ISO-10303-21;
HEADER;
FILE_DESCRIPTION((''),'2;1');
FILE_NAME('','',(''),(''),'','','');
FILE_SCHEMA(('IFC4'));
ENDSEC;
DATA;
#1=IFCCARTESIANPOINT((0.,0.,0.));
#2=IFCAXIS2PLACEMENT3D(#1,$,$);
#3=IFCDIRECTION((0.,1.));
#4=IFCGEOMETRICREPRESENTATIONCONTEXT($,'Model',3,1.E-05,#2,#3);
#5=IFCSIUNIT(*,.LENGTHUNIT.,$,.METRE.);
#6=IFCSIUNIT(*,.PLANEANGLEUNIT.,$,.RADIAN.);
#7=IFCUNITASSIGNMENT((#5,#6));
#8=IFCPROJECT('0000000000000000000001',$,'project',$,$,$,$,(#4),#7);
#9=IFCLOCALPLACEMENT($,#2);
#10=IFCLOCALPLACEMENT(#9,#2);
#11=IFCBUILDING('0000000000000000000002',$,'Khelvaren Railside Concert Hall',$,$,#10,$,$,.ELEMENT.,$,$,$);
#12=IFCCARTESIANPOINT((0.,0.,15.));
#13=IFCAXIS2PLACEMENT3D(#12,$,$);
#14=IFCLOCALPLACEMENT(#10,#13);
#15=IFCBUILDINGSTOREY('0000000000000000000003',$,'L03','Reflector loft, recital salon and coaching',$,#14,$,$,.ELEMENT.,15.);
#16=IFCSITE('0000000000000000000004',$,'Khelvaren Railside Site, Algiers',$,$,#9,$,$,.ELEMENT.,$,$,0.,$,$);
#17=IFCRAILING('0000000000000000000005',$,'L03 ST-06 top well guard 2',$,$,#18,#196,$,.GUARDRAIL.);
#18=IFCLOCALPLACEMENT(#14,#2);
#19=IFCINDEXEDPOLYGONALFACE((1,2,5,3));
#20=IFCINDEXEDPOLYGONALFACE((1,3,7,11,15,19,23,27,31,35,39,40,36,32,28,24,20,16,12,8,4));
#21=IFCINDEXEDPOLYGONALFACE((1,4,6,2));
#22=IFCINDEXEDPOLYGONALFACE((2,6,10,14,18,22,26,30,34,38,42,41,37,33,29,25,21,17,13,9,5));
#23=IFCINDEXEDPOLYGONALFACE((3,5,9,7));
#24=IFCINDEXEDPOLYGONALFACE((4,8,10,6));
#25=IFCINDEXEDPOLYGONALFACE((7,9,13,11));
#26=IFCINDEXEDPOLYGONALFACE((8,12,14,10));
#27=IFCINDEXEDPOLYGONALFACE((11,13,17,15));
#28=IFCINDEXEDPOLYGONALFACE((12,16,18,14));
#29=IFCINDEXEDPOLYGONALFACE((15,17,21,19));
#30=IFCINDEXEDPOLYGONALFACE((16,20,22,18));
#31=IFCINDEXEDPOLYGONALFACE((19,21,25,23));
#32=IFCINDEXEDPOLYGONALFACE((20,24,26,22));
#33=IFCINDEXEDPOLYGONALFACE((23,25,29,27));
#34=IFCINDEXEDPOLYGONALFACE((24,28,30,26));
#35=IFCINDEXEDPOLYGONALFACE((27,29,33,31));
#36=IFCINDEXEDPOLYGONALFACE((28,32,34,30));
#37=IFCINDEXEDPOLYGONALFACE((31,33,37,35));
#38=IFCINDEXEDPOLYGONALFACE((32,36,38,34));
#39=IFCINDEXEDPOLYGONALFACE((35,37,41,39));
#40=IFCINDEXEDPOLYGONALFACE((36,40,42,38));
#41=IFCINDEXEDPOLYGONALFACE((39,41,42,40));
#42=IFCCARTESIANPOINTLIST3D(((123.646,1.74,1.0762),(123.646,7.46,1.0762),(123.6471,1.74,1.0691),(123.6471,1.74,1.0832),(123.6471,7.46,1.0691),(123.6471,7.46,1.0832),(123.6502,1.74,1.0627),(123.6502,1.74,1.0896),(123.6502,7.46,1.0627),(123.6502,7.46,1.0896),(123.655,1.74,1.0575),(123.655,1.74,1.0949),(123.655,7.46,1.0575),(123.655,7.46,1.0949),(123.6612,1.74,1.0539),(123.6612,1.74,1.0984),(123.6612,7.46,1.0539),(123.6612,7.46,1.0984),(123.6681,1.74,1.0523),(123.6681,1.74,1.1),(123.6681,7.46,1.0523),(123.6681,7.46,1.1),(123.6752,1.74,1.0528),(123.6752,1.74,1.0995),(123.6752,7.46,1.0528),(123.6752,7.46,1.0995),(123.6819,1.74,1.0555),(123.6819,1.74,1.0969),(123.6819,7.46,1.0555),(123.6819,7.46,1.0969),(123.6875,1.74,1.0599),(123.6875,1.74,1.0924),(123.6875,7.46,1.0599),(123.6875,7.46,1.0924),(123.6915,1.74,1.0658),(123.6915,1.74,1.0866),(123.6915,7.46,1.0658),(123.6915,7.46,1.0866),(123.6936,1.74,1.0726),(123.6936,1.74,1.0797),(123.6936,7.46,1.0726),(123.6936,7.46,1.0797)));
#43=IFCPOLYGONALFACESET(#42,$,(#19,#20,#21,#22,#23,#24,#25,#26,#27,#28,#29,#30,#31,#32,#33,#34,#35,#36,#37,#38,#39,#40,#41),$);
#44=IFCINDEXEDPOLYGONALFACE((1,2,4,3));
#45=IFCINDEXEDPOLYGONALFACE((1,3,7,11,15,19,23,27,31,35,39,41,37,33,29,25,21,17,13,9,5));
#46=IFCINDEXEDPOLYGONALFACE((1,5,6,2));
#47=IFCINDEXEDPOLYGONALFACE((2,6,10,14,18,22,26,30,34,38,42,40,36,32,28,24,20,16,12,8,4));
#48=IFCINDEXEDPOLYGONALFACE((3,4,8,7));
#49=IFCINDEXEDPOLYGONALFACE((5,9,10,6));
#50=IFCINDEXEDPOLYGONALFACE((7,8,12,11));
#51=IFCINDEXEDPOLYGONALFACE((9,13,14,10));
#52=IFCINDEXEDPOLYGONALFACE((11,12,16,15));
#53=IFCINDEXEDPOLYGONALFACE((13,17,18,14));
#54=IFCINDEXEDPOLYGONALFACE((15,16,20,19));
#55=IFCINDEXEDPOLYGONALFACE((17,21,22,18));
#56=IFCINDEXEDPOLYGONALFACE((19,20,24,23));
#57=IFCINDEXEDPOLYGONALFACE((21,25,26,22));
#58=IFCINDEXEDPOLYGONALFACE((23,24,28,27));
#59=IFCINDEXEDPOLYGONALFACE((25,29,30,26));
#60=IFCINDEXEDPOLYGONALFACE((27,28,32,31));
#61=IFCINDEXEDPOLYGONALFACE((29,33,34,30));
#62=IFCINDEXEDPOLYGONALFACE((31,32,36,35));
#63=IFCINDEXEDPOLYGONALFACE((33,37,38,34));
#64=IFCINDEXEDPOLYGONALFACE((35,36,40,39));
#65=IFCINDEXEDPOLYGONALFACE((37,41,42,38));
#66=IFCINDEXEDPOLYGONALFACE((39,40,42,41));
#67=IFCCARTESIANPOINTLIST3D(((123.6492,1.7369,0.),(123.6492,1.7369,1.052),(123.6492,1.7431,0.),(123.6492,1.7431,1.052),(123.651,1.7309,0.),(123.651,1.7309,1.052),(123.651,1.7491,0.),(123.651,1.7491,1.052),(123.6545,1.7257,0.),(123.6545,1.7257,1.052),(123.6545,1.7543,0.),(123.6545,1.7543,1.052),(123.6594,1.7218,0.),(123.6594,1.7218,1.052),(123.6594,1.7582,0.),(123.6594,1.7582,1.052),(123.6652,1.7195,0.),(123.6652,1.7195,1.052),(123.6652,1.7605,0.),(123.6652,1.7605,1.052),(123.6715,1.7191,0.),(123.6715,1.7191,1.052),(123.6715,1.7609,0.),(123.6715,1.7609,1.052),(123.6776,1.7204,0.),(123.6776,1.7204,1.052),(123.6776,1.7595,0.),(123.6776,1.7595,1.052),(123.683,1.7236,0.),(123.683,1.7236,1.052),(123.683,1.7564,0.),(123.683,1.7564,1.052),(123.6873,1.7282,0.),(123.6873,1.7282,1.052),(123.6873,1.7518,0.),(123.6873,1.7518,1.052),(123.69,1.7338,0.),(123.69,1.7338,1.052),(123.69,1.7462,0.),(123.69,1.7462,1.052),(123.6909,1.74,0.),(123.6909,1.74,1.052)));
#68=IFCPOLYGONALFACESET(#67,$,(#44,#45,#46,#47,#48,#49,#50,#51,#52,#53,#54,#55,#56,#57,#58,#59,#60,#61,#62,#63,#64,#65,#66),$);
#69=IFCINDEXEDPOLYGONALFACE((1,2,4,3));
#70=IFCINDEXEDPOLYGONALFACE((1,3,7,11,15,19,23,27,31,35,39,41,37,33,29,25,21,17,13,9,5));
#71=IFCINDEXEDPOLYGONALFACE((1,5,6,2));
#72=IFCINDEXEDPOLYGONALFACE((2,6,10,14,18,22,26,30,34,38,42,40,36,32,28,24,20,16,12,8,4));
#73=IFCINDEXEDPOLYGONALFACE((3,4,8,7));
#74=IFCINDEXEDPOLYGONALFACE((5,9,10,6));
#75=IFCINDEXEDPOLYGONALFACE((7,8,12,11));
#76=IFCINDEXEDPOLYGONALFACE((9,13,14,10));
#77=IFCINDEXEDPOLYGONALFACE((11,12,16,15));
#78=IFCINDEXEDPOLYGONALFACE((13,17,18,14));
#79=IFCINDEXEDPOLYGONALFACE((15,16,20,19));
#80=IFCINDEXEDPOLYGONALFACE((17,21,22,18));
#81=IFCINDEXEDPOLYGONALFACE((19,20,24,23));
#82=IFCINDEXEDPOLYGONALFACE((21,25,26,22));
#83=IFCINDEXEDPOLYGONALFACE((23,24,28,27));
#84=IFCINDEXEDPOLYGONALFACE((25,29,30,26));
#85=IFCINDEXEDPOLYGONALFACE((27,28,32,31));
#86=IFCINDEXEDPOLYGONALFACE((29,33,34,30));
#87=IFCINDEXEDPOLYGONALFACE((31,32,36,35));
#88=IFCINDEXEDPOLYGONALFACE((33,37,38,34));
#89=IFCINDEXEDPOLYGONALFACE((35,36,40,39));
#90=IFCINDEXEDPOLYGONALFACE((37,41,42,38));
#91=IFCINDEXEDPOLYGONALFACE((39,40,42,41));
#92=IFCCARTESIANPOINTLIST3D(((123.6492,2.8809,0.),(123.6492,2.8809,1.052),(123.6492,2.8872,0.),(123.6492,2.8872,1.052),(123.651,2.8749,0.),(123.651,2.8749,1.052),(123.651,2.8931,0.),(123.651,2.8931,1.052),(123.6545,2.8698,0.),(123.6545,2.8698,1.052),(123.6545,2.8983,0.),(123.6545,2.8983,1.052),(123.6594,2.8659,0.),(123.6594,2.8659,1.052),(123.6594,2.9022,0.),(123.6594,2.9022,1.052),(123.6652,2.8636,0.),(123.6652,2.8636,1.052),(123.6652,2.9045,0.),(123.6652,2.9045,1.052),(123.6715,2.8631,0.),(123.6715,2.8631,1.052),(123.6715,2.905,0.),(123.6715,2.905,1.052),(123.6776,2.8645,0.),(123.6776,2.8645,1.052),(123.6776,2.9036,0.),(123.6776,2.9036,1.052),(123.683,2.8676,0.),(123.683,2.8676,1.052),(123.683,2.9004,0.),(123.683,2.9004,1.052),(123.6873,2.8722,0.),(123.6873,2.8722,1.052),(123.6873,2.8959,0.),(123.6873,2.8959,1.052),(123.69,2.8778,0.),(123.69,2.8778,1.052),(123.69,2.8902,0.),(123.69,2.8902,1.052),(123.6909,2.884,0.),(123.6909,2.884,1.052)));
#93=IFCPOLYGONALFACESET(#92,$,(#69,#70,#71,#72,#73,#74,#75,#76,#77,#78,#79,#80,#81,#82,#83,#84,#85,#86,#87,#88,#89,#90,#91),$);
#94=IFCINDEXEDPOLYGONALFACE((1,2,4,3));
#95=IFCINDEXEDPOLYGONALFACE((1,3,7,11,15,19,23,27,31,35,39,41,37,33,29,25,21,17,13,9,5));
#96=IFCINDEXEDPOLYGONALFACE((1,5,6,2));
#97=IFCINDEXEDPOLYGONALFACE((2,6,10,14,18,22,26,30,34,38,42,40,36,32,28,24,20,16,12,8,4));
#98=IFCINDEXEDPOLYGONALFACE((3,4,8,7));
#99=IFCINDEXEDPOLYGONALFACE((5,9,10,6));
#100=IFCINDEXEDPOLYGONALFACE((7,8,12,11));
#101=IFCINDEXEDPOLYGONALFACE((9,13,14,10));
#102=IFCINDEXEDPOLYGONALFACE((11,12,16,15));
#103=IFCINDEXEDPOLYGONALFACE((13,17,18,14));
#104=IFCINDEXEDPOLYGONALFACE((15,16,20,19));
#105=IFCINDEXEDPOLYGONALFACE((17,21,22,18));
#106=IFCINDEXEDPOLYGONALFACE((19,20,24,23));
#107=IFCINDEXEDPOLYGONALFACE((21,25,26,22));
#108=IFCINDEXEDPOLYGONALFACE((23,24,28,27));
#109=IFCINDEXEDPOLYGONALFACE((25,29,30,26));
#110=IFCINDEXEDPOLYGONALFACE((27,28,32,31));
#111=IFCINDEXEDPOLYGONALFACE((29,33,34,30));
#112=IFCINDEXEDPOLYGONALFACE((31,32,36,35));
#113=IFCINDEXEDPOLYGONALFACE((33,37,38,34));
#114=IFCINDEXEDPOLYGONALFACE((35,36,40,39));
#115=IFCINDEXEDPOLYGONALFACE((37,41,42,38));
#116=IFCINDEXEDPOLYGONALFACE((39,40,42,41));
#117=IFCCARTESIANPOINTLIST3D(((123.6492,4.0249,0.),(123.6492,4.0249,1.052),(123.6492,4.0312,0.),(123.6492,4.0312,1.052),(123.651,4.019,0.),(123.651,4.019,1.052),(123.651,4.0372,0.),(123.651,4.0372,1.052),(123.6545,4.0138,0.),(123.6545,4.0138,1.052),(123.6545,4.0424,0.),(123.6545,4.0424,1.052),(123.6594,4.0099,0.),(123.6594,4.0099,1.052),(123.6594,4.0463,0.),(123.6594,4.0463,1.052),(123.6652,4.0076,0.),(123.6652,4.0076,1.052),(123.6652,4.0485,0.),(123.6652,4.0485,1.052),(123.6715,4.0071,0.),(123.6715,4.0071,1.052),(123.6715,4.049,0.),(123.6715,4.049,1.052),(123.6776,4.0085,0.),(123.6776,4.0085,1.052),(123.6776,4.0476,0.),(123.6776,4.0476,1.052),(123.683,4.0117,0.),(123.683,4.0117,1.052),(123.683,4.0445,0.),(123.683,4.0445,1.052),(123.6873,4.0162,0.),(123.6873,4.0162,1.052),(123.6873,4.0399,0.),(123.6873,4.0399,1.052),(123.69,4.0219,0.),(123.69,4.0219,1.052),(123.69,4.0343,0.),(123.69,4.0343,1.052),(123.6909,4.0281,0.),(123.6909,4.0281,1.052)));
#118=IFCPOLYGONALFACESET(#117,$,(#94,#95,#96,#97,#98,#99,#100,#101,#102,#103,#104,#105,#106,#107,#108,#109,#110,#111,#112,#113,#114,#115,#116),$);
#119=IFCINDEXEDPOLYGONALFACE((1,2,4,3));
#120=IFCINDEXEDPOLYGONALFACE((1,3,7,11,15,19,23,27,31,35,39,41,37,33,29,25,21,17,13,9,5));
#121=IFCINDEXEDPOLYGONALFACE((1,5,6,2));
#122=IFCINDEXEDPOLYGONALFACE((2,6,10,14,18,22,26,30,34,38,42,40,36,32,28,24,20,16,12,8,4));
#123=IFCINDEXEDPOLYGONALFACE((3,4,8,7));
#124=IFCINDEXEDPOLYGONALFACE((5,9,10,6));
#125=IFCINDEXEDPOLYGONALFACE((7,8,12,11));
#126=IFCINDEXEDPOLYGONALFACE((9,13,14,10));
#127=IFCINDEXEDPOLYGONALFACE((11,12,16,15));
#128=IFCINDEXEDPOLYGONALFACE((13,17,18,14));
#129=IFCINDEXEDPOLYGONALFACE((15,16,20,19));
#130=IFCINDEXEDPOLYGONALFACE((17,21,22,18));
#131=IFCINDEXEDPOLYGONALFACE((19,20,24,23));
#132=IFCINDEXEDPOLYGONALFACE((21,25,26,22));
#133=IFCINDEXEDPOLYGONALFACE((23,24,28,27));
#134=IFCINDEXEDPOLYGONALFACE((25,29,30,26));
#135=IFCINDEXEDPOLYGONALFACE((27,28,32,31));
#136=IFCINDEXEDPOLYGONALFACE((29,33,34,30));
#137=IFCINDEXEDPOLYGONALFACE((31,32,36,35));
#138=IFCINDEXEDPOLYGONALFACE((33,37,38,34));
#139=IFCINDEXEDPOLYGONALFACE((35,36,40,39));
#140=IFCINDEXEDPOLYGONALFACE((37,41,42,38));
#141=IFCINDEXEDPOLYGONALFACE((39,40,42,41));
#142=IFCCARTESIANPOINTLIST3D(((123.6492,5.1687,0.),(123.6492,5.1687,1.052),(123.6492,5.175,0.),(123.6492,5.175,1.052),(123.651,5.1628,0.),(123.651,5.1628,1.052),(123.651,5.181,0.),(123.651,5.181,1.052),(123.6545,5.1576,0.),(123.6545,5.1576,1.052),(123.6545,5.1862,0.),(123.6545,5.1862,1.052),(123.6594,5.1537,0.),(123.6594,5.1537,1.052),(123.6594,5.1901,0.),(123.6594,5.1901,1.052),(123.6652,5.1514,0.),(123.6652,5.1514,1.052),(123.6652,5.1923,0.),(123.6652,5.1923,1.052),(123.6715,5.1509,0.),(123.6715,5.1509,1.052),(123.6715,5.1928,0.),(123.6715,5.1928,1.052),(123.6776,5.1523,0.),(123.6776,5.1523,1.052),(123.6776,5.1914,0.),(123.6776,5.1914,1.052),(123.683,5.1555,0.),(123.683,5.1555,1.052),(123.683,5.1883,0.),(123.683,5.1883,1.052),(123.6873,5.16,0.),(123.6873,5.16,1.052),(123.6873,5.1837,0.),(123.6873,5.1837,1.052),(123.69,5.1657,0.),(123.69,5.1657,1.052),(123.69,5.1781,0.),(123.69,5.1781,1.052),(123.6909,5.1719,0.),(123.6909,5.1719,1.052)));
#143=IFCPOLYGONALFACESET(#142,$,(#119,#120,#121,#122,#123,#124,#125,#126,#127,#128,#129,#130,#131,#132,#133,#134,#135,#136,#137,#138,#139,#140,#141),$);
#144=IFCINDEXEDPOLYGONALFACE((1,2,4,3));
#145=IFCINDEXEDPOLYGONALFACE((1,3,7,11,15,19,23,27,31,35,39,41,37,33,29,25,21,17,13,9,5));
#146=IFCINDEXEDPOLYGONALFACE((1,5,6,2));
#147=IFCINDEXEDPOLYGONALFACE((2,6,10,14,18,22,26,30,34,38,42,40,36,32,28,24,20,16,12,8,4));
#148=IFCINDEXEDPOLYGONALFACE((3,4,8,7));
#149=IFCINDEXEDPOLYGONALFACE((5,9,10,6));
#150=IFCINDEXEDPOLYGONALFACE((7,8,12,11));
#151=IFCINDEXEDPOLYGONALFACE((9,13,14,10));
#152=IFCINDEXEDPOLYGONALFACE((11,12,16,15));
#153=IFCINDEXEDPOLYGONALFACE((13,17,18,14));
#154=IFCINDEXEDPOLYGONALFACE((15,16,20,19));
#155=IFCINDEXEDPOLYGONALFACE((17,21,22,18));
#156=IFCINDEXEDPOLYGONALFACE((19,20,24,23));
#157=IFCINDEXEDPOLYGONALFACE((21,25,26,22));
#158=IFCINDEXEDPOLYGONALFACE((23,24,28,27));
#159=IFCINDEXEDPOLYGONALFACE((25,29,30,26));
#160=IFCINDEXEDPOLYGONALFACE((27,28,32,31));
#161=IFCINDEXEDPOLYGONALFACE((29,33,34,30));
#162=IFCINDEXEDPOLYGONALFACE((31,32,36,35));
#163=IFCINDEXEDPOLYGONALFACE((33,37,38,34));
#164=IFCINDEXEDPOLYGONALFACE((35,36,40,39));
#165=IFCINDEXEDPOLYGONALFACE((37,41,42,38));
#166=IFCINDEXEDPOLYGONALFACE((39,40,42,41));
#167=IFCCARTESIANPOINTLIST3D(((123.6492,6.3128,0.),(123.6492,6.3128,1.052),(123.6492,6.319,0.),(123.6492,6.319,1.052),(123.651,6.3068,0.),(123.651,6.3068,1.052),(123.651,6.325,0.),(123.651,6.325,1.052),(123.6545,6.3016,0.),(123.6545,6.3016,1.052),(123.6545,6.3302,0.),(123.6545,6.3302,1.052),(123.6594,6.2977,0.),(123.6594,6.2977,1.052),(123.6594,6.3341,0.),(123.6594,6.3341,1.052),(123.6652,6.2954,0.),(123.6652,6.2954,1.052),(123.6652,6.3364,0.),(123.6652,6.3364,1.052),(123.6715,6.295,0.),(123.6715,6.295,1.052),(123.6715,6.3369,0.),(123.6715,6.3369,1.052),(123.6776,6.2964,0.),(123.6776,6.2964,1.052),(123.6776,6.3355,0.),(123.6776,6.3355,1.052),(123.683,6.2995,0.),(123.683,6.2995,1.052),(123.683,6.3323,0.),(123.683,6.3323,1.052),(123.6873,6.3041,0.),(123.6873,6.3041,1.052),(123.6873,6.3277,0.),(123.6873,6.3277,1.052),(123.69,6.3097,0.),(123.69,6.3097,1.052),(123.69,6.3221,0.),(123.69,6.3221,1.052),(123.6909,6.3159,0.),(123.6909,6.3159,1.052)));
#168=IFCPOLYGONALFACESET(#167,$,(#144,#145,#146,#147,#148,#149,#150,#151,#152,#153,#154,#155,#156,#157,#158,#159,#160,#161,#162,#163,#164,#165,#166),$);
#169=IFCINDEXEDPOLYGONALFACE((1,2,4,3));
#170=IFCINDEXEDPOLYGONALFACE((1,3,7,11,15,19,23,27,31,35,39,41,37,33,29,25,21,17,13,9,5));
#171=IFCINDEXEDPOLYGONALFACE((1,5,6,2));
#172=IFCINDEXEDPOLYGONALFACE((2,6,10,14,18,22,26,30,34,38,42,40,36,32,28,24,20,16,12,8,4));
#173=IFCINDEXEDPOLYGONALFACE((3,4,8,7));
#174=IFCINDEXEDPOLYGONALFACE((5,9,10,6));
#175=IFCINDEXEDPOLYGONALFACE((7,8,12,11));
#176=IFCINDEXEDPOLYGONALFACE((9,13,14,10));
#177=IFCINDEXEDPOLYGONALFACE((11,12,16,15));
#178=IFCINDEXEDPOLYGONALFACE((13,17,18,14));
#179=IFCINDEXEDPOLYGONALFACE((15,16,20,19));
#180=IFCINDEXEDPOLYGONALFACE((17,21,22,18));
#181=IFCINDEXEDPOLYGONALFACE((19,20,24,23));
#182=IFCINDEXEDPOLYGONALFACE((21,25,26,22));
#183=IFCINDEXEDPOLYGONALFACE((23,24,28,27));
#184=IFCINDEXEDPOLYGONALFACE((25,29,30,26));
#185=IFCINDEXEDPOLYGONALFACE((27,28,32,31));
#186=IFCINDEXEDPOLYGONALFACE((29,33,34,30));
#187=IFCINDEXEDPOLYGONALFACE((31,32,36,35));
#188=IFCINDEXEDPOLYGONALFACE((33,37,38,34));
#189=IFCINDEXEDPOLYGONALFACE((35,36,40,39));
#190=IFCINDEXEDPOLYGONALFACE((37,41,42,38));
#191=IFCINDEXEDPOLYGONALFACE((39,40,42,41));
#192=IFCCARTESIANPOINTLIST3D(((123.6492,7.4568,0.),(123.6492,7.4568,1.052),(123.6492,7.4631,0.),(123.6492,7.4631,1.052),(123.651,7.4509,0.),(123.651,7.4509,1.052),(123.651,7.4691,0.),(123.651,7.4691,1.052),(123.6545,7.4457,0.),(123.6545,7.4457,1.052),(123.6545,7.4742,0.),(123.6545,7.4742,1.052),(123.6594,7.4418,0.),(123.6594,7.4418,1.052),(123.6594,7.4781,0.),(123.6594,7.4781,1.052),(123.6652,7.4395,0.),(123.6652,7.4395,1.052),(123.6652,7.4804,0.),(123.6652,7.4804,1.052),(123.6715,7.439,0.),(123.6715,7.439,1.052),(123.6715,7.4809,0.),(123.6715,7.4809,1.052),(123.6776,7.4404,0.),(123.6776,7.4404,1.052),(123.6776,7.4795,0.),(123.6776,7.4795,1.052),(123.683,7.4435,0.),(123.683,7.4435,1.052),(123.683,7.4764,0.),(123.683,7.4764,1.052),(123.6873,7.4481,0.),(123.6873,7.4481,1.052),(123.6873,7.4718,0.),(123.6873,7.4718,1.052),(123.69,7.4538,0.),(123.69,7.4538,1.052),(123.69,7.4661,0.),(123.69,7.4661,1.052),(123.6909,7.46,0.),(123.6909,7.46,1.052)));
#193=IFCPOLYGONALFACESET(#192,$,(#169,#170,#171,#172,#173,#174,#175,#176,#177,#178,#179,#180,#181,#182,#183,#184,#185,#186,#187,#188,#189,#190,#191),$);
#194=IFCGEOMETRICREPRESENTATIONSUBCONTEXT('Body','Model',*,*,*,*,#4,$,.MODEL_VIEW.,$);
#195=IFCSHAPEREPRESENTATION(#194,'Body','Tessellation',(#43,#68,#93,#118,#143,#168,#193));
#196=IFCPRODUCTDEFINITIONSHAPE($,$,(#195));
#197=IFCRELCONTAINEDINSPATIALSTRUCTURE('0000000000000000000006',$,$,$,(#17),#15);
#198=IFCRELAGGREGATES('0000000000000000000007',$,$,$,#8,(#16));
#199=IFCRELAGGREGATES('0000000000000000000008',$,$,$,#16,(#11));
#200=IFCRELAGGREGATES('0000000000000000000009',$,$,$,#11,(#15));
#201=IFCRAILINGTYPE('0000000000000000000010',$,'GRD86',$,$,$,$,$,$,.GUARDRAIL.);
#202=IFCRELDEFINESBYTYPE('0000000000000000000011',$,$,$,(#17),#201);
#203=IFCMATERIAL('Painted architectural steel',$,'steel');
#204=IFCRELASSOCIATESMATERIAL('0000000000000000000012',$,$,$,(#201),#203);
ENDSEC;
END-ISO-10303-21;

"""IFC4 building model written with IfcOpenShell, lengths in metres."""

from ifc_helpers import new_model, si_unit, direction, frame, origin, origin_2d, place, context, subcontext, project, spatial, circle, extrude, material, type_object, element, save


model = new_model("IFC4")

# Units and contexts
model_context = context("Model", 3, precision=1e-05, world=origin(), true_north=direction((0.0, 1.0)))
body_context = subcontext(model_context, "Body", "Model", "MODEL_VIEW")
ifc_project = project(units=[si_unit("LENGTHUNIT", "METRE"), si_unit("PLANEANGLEUNIT", "RADIAN")], contexts=[model_context])

# Site, building, storey
site_placement = place(None, origin())
site = spatial("IfcSite", under=ifc_project, at=site_placement, Name="Khelvaren Railside Site, Algiers", CompositionType="ELEMENT", RefElevation=0.0)
building_placement = place(site_placement, origin())
building = spatial("IfcBuilding", under=site, at=building_placement, Name="Khelvaren Railside Concert Hall", CompositionType="ELEMENT")
storey_placement = place(building_placement, frame((0.0, 0.0, 15.0)))
storey = spatial("IfcBuildingStorey", under=building, at=storey_placement, Name="L03", Description="Reflector loft, recital salon and coaching", CompositionType="ELEMENT", Elevation=15.0)

# Railing
ifc_material_1 = material(Name="Painted architectural steel", Category="steel")
railing_type = type_object("IfcRailingType", Name="GRD86", PredefinedType="GUARDRAIL", material=ifc_material_1)
railing_1_placement = place(storey_placement, frame((123.6699, 1.74, 0.0)))
element("IfcRailing", 1, at=railing_1_placement, inside=storey, type_object=railing_type, Name="L03 ST-06 top well guard 2", PredefinedType="GUARDRAIL", context=body_context, shape_type="SweptSolid", body=[
    extrude(circle(Radius=0.0239, at=origin_2d()), frame((0.0, 0.0, 1.0762), z_axis=(0.0, 1.0, 0.0), x_axis=(-1.0, 0.0, 0.0)), (0.0, 0.0, 1.0), 5.72),
    extrude(circle(Radius=0.021, at=origin_2d()), origin(), (0.0, 0.0, 1.0), 1.052),
    extrude(circle(Radius=0.021, at=origin_2d()), frame((0.0, 1.144, 0.0)), (0.0, 0.0, 1.0), 1.052),
    extrude(circle(Radius=0.021, at=origin_2d()), frame((0.0, 2.2881, 0.0)), (0.0, 0.0, 1.0), 1.052),
    extrude(circle(Radius=0.021, at=origin_2d()), frame((0.0, 3.4319, 0.0)), (0.0, 0.0, 1.0), 1.052),
    extrude(circle(Radius=0.021, at=origin_2d()), frame((0.0, 4.5759, 0.0)), (0.0, 0.0, 1.0), 1.052),
    extrude(circle(Radius=0.021, at=origin_2d()), frame((0.0, 5.72, 0.0)), (0.0, 0.0, 1.0), 1.052),
])

save(model, "model.ifc")
